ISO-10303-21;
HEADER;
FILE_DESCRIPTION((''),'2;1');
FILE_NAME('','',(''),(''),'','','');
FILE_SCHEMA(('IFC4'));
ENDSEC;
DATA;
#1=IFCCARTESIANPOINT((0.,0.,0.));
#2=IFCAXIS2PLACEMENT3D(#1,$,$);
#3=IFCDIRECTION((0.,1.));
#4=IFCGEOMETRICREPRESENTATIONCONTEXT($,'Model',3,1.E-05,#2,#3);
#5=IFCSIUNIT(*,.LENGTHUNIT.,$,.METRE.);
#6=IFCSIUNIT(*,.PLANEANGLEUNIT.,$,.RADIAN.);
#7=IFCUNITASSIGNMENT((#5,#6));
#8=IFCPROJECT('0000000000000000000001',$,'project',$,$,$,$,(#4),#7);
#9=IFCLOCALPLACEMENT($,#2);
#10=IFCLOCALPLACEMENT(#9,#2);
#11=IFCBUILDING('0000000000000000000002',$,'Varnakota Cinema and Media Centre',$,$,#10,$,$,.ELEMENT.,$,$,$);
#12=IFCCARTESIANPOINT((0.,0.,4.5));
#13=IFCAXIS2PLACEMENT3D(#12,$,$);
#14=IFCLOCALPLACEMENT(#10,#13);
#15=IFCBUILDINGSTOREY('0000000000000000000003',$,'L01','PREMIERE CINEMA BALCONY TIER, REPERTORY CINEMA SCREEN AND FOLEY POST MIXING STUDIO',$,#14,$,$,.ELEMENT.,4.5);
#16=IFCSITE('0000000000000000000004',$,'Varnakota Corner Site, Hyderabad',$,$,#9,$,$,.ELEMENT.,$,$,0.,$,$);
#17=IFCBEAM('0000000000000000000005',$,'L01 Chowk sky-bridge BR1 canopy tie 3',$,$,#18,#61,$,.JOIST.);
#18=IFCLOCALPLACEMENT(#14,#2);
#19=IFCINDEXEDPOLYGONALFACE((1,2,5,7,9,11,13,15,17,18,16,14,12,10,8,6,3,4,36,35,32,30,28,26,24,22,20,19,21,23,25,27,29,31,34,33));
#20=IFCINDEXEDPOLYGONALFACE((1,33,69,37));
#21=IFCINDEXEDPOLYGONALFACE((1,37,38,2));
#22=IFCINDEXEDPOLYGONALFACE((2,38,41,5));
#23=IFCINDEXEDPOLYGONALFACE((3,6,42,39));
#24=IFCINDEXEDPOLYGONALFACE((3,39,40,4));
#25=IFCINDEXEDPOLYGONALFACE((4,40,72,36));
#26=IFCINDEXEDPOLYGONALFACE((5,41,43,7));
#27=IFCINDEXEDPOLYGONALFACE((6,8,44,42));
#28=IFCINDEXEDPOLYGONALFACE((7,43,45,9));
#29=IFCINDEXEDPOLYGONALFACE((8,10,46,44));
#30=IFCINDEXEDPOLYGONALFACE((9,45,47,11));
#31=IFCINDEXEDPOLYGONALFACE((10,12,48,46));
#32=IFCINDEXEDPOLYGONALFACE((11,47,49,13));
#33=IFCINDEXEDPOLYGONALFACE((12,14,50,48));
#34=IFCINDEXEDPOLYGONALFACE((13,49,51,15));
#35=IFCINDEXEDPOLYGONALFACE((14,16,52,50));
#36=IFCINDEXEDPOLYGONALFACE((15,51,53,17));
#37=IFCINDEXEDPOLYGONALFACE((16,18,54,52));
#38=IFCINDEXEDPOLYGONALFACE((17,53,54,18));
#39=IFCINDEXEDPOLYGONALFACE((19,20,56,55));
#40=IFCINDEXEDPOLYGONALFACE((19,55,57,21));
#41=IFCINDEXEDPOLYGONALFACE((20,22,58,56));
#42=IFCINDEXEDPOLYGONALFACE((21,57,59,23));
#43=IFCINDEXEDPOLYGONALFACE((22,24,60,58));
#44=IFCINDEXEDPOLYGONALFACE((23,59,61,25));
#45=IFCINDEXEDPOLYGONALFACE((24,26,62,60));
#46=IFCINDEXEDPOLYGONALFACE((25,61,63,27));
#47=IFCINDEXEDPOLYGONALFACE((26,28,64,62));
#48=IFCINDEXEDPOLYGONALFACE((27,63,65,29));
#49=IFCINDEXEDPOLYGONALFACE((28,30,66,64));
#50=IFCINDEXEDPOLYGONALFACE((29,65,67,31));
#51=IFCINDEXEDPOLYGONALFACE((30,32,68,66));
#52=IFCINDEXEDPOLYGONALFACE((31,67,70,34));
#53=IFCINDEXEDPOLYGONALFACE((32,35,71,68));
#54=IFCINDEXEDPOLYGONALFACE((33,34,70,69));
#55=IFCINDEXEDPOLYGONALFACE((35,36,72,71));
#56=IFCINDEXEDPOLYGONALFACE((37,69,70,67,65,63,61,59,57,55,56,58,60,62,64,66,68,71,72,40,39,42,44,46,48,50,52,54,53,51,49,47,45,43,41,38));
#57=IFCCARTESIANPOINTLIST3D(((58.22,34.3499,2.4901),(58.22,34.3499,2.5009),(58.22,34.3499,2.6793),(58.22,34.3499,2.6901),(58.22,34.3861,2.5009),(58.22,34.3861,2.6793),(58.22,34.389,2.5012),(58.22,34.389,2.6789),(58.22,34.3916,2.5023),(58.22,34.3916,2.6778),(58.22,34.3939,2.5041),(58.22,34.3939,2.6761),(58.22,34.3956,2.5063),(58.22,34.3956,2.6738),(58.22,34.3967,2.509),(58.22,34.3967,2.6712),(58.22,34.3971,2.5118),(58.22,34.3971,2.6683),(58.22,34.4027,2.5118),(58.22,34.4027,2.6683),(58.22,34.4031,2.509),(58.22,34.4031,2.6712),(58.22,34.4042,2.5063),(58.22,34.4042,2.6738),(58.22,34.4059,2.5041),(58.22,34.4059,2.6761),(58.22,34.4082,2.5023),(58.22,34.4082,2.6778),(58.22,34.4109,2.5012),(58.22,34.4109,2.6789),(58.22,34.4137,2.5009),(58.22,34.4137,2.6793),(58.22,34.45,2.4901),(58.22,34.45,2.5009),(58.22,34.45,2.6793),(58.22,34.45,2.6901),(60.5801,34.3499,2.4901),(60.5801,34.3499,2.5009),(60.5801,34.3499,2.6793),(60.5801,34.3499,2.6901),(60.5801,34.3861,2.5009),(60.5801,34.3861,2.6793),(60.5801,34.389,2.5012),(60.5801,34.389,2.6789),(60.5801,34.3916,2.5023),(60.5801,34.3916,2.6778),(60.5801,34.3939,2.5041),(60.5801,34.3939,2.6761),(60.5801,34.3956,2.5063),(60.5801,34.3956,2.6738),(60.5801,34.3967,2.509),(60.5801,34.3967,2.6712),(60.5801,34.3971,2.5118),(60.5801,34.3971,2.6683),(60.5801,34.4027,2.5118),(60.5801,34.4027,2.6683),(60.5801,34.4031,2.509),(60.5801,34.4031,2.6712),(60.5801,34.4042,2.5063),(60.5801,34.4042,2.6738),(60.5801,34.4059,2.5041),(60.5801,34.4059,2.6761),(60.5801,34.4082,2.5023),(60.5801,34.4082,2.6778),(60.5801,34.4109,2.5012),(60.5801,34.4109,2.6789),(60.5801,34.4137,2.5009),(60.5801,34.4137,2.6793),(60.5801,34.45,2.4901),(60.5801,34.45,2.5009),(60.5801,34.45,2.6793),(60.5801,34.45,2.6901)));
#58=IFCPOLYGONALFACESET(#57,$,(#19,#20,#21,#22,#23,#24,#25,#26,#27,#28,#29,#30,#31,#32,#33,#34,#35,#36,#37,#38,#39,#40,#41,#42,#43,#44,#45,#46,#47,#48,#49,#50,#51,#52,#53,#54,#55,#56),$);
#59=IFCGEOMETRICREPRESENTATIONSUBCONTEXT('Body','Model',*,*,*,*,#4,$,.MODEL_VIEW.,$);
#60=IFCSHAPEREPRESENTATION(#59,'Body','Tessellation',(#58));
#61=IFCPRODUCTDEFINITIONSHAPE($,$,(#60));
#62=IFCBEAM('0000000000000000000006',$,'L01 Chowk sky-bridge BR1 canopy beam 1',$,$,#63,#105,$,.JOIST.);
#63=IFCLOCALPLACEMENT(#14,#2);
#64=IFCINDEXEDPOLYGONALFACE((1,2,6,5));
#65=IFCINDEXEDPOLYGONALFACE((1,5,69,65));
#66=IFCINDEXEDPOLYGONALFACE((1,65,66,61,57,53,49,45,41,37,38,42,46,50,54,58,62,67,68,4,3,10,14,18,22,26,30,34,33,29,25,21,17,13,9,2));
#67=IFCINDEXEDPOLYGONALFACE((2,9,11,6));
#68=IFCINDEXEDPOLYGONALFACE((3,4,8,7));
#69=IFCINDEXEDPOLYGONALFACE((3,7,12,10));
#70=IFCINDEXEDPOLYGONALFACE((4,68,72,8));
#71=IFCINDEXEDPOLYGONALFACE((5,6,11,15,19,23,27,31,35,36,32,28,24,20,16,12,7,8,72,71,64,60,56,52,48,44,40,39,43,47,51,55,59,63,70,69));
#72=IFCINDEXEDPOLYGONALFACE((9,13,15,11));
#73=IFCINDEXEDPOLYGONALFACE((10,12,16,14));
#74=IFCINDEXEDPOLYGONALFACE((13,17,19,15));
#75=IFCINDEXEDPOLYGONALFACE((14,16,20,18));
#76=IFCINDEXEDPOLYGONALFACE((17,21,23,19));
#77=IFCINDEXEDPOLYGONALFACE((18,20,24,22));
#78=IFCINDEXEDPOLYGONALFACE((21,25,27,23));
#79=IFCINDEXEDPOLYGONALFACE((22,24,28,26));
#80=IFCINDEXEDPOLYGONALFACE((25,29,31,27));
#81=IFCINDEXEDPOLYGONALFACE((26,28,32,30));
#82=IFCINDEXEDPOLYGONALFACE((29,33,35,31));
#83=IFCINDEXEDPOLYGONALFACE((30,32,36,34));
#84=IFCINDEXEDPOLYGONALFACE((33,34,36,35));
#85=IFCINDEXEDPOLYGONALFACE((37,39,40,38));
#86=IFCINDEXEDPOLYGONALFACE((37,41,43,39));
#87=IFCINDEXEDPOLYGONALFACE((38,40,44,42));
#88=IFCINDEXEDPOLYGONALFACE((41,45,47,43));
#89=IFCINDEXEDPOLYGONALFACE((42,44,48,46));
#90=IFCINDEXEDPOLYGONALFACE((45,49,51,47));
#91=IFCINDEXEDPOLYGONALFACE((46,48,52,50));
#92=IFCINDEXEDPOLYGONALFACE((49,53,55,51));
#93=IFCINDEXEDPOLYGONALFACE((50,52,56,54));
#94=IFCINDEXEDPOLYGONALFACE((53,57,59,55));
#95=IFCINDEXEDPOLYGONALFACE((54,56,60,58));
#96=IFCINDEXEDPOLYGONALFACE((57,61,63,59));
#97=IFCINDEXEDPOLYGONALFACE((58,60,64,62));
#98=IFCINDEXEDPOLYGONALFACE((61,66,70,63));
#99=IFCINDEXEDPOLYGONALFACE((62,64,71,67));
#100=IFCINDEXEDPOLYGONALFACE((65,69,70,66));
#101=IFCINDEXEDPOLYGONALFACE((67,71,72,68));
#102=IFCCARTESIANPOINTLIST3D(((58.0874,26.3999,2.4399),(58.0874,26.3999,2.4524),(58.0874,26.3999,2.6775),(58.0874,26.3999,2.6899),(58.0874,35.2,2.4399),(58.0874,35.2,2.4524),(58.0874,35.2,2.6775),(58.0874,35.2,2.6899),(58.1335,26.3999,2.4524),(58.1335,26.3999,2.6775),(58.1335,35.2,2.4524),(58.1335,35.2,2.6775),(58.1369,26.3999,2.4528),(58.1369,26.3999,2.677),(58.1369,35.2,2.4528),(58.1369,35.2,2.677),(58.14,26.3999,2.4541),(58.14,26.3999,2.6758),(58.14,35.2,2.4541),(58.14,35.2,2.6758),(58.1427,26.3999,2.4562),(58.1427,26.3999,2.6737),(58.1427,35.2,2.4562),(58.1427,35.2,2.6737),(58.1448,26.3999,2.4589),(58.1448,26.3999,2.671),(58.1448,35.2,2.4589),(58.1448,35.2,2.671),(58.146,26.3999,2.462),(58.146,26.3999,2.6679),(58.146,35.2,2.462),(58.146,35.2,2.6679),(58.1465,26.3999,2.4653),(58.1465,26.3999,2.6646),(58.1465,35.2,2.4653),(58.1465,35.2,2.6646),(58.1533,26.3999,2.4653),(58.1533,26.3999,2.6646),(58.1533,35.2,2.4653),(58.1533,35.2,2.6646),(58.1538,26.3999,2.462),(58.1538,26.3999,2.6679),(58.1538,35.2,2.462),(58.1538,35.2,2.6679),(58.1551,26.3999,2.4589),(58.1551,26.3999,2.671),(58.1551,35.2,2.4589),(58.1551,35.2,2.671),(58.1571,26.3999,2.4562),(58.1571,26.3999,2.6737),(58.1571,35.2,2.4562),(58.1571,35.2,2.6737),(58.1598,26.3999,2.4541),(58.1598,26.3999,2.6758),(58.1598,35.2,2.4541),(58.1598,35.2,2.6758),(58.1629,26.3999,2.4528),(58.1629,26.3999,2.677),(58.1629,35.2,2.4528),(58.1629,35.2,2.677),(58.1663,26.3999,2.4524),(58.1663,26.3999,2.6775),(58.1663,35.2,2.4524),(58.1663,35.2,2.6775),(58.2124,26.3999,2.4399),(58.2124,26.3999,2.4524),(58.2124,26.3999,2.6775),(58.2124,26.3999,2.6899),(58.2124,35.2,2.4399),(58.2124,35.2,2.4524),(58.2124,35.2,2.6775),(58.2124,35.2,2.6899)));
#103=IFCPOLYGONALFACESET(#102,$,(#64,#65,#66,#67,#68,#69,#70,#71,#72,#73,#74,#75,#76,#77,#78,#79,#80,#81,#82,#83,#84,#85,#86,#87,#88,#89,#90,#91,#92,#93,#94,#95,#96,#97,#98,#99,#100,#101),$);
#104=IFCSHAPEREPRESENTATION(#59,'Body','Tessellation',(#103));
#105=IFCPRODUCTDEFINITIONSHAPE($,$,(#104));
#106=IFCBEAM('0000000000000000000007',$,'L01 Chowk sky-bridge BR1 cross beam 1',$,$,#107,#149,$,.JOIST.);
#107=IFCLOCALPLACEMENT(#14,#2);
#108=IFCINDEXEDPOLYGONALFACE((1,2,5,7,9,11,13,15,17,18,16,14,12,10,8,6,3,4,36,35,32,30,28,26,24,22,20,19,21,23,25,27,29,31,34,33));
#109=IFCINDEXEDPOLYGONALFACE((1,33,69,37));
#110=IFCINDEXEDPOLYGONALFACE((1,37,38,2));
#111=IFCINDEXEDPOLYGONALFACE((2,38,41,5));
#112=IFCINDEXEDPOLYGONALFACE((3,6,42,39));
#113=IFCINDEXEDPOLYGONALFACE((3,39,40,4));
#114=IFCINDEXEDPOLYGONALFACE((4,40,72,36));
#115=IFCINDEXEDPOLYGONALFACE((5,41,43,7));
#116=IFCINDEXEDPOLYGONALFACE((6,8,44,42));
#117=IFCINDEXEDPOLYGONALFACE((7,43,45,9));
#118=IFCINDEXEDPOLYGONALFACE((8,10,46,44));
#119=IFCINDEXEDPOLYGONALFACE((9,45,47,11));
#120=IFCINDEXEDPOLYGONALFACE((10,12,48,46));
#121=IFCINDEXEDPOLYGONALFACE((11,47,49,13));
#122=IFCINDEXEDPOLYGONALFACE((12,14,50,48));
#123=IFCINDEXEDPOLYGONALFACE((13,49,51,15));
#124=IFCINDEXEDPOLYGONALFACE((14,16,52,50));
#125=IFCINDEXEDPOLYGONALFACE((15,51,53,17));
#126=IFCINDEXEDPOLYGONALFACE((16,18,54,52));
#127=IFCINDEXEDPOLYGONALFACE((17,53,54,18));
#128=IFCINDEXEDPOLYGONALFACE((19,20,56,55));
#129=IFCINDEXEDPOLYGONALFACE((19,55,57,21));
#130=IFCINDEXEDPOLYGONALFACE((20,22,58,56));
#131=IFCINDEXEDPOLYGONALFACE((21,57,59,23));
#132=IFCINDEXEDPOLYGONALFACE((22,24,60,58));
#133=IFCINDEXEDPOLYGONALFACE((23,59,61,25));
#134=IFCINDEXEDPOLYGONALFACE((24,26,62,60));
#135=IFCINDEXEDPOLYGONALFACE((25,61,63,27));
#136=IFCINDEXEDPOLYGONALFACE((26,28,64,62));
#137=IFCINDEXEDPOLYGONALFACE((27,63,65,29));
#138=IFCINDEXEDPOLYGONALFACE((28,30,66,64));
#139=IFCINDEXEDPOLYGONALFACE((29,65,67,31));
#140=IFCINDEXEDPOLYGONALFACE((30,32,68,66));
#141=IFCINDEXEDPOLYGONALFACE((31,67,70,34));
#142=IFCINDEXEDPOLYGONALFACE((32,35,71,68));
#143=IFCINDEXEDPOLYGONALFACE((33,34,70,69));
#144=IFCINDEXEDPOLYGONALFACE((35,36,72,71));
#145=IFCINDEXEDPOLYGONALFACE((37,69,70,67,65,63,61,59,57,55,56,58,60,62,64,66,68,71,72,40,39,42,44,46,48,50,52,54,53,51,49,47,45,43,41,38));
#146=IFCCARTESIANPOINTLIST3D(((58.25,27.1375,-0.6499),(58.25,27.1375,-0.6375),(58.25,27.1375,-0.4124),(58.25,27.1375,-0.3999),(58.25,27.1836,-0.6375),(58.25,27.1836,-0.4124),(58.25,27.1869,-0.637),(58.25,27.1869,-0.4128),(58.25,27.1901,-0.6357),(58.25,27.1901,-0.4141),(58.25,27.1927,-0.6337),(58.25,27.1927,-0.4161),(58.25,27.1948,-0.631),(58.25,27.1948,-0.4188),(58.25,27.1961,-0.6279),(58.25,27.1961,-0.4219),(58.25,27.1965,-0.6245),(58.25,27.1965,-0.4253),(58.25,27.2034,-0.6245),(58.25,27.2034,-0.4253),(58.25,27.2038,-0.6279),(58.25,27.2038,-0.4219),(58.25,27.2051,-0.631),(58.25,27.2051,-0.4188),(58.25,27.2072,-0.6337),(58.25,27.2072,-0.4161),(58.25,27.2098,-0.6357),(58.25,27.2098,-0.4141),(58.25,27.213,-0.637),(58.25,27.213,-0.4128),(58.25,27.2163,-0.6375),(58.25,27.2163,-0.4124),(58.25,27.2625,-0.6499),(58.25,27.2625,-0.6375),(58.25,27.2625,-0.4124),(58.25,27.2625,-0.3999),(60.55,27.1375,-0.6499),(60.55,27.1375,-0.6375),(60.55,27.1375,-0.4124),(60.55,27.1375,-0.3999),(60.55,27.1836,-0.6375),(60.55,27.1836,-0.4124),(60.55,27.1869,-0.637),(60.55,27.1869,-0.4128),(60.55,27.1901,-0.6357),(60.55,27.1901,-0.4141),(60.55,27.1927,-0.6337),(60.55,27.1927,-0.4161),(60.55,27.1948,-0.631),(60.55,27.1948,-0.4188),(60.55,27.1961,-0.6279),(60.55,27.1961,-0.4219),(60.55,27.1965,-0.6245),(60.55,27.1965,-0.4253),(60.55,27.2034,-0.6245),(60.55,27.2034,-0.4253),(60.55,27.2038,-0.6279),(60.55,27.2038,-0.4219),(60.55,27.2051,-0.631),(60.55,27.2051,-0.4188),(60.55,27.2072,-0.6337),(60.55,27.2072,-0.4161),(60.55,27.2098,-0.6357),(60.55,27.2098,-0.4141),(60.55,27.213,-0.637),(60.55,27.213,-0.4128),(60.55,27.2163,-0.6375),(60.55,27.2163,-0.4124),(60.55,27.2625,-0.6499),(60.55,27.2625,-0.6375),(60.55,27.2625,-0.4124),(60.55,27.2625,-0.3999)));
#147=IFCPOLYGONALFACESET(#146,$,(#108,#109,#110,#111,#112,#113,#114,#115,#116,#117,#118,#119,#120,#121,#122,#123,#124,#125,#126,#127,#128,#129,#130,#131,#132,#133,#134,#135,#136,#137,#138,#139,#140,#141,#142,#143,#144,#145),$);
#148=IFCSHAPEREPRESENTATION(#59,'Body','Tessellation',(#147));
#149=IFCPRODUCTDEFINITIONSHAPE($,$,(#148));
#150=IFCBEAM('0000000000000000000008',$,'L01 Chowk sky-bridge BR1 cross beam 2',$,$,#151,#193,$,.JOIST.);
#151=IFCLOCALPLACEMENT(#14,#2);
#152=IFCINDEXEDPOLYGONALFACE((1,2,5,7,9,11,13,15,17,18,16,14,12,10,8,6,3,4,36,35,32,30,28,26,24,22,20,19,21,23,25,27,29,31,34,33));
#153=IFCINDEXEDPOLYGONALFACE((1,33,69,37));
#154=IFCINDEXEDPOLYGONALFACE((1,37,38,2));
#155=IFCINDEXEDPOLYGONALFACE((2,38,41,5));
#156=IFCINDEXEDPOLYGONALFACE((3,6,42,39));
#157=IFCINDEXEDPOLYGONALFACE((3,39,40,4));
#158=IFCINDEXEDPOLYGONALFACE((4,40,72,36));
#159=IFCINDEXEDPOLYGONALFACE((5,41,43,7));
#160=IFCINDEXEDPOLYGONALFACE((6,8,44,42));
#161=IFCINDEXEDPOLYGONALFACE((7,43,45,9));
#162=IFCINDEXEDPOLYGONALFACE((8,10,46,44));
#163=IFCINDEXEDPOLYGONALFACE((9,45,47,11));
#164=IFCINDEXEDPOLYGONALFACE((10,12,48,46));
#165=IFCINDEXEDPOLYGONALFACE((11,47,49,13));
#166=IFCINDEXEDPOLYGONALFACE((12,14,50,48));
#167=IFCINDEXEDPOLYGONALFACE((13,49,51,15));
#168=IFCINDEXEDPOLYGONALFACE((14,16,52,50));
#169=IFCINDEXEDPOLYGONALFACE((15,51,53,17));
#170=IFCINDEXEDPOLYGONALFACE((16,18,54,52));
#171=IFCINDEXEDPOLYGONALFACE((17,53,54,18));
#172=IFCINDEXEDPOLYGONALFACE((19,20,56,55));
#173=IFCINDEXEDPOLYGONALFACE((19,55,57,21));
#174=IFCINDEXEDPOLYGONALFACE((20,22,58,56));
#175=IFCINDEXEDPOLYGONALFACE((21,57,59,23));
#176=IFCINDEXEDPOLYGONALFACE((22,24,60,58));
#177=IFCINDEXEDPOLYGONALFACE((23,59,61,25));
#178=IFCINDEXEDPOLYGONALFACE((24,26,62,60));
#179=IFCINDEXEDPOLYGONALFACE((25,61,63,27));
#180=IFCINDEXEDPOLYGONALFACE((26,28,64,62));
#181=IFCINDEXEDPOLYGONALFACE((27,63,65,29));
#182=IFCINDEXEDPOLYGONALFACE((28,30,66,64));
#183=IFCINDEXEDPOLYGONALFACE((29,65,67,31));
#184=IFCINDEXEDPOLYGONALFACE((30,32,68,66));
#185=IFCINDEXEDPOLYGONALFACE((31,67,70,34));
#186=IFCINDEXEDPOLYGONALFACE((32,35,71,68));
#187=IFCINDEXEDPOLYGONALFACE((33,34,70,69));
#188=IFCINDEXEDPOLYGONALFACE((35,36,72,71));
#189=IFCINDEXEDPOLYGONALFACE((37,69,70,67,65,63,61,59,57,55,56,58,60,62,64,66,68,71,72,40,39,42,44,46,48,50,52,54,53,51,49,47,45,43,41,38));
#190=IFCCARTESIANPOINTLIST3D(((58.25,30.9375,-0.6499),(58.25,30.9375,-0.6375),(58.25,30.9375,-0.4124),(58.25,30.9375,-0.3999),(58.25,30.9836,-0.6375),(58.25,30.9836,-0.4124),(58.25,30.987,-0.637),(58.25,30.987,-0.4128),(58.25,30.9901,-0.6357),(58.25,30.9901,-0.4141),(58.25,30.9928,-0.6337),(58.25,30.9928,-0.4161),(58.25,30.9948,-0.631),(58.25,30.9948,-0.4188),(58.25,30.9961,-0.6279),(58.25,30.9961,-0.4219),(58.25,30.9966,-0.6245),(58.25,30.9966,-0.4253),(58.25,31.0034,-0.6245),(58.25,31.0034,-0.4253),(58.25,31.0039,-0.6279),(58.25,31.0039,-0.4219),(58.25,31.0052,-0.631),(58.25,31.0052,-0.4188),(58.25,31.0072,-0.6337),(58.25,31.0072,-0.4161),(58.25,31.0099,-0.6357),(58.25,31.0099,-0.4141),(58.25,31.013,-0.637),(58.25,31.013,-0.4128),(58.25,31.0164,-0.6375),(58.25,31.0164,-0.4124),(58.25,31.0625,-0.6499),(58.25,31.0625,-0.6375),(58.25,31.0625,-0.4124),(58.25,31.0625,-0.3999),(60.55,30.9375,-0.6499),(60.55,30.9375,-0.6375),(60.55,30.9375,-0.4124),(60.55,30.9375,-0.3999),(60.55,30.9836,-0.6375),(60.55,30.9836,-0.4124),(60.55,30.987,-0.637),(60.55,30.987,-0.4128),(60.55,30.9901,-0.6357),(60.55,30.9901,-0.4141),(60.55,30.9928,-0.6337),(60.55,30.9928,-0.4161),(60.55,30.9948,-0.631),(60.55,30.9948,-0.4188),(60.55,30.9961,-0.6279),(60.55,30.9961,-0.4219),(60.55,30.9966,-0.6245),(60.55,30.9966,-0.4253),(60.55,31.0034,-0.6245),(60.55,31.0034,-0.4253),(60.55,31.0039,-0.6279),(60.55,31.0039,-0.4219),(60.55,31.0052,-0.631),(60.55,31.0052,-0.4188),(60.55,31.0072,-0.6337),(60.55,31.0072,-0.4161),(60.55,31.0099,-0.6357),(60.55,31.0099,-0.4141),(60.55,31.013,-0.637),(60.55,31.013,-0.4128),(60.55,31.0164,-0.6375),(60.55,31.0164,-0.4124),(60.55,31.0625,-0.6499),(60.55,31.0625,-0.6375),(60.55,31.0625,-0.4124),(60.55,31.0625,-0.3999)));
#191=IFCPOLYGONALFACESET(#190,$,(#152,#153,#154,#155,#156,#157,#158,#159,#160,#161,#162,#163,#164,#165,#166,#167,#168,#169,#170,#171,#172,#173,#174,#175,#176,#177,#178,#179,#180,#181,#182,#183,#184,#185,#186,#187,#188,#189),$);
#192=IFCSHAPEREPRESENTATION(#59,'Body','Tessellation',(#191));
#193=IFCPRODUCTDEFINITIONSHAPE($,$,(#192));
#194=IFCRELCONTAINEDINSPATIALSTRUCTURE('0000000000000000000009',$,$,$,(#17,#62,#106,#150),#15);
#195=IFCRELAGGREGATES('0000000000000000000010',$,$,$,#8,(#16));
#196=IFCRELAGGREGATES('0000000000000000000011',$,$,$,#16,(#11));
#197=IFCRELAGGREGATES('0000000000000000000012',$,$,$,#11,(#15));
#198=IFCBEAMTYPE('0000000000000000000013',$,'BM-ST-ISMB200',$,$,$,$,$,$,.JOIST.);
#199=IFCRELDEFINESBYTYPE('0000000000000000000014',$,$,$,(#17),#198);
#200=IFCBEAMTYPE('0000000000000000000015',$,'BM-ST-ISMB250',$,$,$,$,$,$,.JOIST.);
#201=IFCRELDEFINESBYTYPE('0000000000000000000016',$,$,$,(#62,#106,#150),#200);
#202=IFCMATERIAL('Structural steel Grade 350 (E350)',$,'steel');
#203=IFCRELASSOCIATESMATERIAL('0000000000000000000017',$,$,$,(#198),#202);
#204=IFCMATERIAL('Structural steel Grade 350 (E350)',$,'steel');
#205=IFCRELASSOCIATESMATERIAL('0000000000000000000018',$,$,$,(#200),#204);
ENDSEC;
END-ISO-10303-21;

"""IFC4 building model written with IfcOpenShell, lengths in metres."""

from ifc_helpers import new_model, si_unit, direction, frame, origin, origin_2d, place, context, subcontext, project, spatial, i_section, extrude, material, material_profile, profile_set, type_object, element, save


model = new_model("IFC4")

# Units and contexts
model_context = context("Model", 3, precision=1e-05, world=origin(), true_north=direction((0.0, 1.0)))
body_context = subcontext(model_context, "Body", "Model", "MODEL_VIEW")
ifc_project = project(units=[si_unit("LENGTHUNIT", "METRE"), si_unit("PLANEANGLEUNIT", "RADIAN")], contexts=[model_context])

# Site, building, storey
site_placement = place(None, origin())
site = spatial("IfcSite", under=ifc_project, at=site_placement, Name="Varnakota Corner Site, Hyderabad", CompositionType="ELEMENT", RefElevation=0.0)
building_placement = place(site_placement, origin())
building = spatial("IfcBuilding", under=site, at=building_placement, Name="Varnakota Cinema and Media Centre", CompositionType="ELEMENT")
storey_placement = place(building_placement, frame((0.0, 0.0, 4.5)))
storey = spatial("IfcBuildingStorey", under=building, at=storey_placement, Name="L01", Description="PREMIERE CINEMA BALCONY TIER, REPERTORY CINEMA SCREEN AND FOLEY POST MIXING STUDIO", CompositionType="ELEMENT", Elevation=4.5)

# Beams
ifc_material_1 = material(Name="Structural steel Grade 350 (E350)", Category="steel")
ifc_material_profile_1 = material_profile(ifc_material_1, i_section(OverallWidth=0.1001, OverallDepth=0.2, WebThickness=0.0056, FlangeThickness=0.0107, FilletRadius=0.011, at=origin_2d()), Name="ISMB 200")
ifc_profile_set_1 = profile_set([ifc_material_profile_1], Name="Structural steel Grade 350 (E350)")
beam_type_1 = type_object("IfcBeamType", Name="BM-ST-ISMB200", PredefinedType="JOIST", material=ifc_profile_set_1)
for number, where, z_axis, x_axis, name in (
    (1, (58.22, 34.3999, 2.5901), (1.0, 0.0, 0.0), (0.0, 1.0, 0.0), "L01 Chowk sky-bridge BR1 canopy tie 3"),
):
    element("IfcBeam", number, at=place(storey_placement, frame(where, z_axis=z_axis, x_axis=x_axis)), inside=storey, type_object=beam_type_1, Name=name, PredefinedType="JOIST", context=body_context, shape_type="SweptSolid", body=[
        extrude(i_section(OverallWidth=0.1001, OverallDepth=0.2, WebThickness=0.0056, FlangeThickness=0.0107, FilletRadius=0.011, at=origin_2d()), origin(), (0.0, 0.0, 1.0), 2.3601),
    ])
ifc_material_2 = material(Name="Structural steel Grade 350 (E350)", Category="steel")
ifc_material_profile_2 = material_profile(ifc_material_2, i_section(OverallWidth=0.125, OverallDepth=0.25, WebThickness=0.0068, FlangeThickness=0.0125, FilletRadius=0.0129, at=origin_2d()), Name="ISMB 250")
ifc_profile_set_2 = profile_set([ifc_material_profile_2], Name="Structural steel Grade 350 (E350)")
beam_type_2 = type_object("IfcBeamType", Name="BM-ST-ISMB250", PredefinedType="JOIST", material=ifc_profile_set_2)
beam_1_placement = place(storey_placement, frame((58.1499, 26.3999, 2.5649), z_axis=(0.0, 1.0, 0.0), x_axis=(-1.0, 0.0, 0.0)))
element("IfcBeam", 2, at=beam_1_placement, inside=storey, type_object=beam_type_2, Name="L01 Chowk sky-bridge BR1 canopy beam 1", PredefinedType="JOIST", context=body_context, shape_type="SweptSolid", body=[
    extrude(i_section(OverallWidth=0.125, OverallDepth=0.25, WebThickness=0.0068, FlangeThickness=0.0125, FilletRadius=0.0129, at=origin_2d()), origin(), (0.0, 0.0, 1.0), 8.8),
])
for number, where, z_axis, x_axis, name in (
    (3, (58.25, 27.2, -0.5249), (1.0, 0.0, 0.0), (0.0, 1.0, 0.0), "L01 Chowk sky-bridge BR1 cross beam 1"),
    (4, (58.25, 31.0, -0.5249), (1.0, 0.0, 0.0), (0.0, 1.0, 0.0), "L01 Chowk sky-bridge BR1 cross beam 2"),
):
    element("IfcBeam", number, at=place(storey_placement, frame(where, z_axis=z_axis, x_axis=x_axis)), inside=storey, type_object=beam_type_2, Name=name, PredefinedType="JOIST", context=body_context, shape_type="SweptSolid", body=[
        extrude(i_section(OverallWidth=0.125, OverallDepth=0.25, WebThickness=0.0068, FlangeThickness=0.0125, FilletRadius=0.0129, at=origin_2d()), origin(), (0.0, 0.0, 1.0), 2.3),
    ])

save(model, "model.ifc")
